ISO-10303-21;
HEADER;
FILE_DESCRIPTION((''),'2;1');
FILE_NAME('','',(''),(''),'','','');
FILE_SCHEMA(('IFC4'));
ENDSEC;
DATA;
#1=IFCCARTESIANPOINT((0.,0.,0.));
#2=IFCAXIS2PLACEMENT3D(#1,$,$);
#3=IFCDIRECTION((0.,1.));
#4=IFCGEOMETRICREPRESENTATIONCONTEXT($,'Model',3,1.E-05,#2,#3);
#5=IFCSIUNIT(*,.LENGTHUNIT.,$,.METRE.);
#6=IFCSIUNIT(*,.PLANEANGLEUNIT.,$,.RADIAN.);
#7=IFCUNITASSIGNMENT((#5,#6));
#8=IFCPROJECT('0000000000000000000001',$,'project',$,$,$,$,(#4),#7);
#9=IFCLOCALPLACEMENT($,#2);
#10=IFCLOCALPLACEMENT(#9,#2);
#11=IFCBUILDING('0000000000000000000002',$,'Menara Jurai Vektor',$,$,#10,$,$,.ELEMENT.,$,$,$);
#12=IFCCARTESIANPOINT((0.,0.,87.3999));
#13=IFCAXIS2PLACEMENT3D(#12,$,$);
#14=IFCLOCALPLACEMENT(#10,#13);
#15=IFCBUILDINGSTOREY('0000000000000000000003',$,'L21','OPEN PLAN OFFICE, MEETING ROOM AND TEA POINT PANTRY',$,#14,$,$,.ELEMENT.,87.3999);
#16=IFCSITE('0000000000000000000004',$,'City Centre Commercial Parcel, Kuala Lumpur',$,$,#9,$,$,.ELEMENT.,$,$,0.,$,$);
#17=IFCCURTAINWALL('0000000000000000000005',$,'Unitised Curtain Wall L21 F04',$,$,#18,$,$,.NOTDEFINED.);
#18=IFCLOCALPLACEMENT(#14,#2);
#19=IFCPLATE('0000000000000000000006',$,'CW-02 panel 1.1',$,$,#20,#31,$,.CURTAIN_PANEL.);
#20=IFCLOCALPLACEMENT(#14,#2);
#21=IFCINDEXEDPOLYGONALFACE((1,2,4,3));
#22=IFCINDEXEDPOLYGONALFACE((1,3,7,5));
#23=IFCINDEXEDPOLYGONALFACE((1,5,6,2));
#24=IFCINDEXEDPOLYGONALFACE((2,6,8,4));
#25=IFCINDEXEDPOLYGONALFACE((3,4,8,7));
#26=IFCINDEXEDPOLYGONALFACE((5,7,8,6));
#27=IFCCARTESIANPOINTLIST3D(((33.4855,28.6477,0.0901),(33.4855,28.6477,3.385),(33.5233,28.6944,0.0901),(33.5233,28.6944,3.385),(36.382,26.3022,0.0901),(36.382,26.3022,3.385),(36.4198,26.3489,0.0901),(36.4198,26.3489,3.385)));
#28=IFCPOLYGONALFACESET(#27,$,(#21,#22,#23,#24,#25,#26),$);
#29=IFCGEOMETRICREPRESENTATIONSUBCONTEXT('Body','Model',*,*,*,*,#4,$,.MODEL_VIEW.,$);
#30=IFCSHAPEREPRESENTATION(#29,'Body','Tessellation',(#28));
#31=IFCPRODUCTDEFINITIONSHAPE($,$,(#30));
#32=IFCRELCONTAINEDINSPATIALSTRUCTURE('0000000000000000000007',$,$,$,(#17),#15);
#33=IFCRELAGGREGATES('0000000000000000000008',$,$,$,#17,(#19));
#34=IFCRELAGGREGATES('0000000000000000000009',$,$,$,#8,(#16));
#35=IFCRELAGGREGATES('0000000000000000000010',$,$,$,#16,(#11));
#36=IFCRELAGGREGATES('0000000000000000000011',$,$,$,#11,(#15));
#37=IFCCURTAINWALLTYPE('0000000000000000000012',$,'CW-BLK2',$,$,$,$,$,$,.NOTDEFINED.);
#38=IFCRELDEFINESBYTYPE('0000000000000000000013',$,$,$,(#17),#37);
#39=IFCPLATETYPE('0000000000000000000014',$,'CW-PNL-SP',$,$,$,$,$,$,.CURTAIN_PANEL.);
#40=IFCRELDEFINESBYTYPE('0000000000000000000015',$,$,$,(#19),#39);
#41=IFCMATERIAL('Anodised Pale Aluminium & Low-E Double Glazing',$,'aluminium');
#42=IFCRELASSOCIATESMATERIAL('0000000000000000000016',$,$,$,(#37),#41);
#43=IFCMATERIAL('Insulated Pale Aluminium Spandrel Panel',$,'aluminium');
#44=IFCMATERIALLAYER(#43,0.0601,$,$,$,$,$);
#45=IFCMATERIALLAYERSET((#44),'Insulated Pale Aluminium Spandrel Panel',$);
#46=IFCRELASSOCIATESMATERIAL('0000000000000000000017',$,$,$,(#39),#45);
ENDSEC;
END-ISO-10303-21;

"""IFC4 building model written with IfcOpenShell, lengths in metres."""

from ifc_helpers import new_model, si_unit, direction, frame, origin, origin_2d, place, context, subcontext, project, spatial, rectangle, extrude, material, layer, layer_set, type_object, element, aggregate, save


model = new_model("IFC4")

# Units and contexts
model_context = context("Model", 3, precision=1e-05, world=origin(), true_north=direction((0.0, 1.0)))
body_context = subcontext(model_context, "Body", "Model", "MODEL_VIEW")
ifc_project = project(units=[si_unit("LENGTHUNIT", "METRE"), si_unit("PLANEANGLEUNIT", "RADIAN")], contexts=[model_context])

# Site, building, storey
site_placement = place(None, origin())
site = spatial("IfcSite", under=ifc_project, at=site_placement, Name="City Centre Commercial Parcel, Kuala Lumpur", CompositionType="ELEMENT", RefElevation=0.0)
building_placement = place(site_placement, origin())
building = spatial("IfcBuilding", under=site, at=building_placement, Name="Menara Jurai Vektor", CompositionType="ELEMENT")
storey_placement = place(building_placement, frame((0.0, 0.0, 87.3999)))
storey = spatial("IfcBuildingStorey", under=building, at=storey_placement, Name="L21", Description="OPEN PLAN OFFICE, MEETING ROOM AND TEA POINT PANTRY", CompositionType="ELEMENT", Elevation=87.3999)

# Shared definitions
ifc_material_1 = material(Name="Anodised Pale Aluminium & Low-E Double Glazing", Category="aluminium")
curtain_wall_type = type_object("IfcCurtainWallType", Name="CW-BLK2", PredefinedType="NOTDEFINED", material=ifc_material_1)

# Curtain wall
curtain_wall_1_placement = place(storey_placement, origin())
curtain_wall_1 = element("IfcCurtainWall", 1, at=curtain_wall_1_placement, inside=storey, type_object=curtain_wall_type, Name="Unitised Curtain Wall L21 F04", PredefinedType="NOTDEFINED")

# Plate
ifc_material_2 = material(Name="Insulated Pale Aluminium Spandrel Panel", Category="aluminium")
ifc_layer_1 = layer(ifc_material_2, 0.0601)
ifc_layer_set_1 = layer_set([ifc_layer_1], Name="Insulated Pale Aluminium Spandrel Panel")
plate_type_1 = type_object("IfcPlateType", Name="CW-PNL-SP", PredefinedType="CURTAIN_PANEL", material=ifc_layer_set_1)
plate_1_placement = place(storey_placement, frame((34.9526, 27.4983, 0.0901), z_axis=(0.0, 0.0, 1.0), x_axis=(-0.777152, 0.629313, 0.0)))
plate_1 = element("IfcPlate", 2, at=plate_1_placement, type_object=plate_type_1, Name="CW-02 panel 1.1", PredefinedType="CURTAIN_PANEL", context=body_context, shape_type="SweptSolid", body=[
    extrude(rectangle(XDim=3.7271, YDim=0.0601, at=origin_2d()), origin(), (0.0, 0.0, 1.0), 3.2949),
])
aggregate(curtain_wall_1, [plate_1])

save(model, "model.ifc")
